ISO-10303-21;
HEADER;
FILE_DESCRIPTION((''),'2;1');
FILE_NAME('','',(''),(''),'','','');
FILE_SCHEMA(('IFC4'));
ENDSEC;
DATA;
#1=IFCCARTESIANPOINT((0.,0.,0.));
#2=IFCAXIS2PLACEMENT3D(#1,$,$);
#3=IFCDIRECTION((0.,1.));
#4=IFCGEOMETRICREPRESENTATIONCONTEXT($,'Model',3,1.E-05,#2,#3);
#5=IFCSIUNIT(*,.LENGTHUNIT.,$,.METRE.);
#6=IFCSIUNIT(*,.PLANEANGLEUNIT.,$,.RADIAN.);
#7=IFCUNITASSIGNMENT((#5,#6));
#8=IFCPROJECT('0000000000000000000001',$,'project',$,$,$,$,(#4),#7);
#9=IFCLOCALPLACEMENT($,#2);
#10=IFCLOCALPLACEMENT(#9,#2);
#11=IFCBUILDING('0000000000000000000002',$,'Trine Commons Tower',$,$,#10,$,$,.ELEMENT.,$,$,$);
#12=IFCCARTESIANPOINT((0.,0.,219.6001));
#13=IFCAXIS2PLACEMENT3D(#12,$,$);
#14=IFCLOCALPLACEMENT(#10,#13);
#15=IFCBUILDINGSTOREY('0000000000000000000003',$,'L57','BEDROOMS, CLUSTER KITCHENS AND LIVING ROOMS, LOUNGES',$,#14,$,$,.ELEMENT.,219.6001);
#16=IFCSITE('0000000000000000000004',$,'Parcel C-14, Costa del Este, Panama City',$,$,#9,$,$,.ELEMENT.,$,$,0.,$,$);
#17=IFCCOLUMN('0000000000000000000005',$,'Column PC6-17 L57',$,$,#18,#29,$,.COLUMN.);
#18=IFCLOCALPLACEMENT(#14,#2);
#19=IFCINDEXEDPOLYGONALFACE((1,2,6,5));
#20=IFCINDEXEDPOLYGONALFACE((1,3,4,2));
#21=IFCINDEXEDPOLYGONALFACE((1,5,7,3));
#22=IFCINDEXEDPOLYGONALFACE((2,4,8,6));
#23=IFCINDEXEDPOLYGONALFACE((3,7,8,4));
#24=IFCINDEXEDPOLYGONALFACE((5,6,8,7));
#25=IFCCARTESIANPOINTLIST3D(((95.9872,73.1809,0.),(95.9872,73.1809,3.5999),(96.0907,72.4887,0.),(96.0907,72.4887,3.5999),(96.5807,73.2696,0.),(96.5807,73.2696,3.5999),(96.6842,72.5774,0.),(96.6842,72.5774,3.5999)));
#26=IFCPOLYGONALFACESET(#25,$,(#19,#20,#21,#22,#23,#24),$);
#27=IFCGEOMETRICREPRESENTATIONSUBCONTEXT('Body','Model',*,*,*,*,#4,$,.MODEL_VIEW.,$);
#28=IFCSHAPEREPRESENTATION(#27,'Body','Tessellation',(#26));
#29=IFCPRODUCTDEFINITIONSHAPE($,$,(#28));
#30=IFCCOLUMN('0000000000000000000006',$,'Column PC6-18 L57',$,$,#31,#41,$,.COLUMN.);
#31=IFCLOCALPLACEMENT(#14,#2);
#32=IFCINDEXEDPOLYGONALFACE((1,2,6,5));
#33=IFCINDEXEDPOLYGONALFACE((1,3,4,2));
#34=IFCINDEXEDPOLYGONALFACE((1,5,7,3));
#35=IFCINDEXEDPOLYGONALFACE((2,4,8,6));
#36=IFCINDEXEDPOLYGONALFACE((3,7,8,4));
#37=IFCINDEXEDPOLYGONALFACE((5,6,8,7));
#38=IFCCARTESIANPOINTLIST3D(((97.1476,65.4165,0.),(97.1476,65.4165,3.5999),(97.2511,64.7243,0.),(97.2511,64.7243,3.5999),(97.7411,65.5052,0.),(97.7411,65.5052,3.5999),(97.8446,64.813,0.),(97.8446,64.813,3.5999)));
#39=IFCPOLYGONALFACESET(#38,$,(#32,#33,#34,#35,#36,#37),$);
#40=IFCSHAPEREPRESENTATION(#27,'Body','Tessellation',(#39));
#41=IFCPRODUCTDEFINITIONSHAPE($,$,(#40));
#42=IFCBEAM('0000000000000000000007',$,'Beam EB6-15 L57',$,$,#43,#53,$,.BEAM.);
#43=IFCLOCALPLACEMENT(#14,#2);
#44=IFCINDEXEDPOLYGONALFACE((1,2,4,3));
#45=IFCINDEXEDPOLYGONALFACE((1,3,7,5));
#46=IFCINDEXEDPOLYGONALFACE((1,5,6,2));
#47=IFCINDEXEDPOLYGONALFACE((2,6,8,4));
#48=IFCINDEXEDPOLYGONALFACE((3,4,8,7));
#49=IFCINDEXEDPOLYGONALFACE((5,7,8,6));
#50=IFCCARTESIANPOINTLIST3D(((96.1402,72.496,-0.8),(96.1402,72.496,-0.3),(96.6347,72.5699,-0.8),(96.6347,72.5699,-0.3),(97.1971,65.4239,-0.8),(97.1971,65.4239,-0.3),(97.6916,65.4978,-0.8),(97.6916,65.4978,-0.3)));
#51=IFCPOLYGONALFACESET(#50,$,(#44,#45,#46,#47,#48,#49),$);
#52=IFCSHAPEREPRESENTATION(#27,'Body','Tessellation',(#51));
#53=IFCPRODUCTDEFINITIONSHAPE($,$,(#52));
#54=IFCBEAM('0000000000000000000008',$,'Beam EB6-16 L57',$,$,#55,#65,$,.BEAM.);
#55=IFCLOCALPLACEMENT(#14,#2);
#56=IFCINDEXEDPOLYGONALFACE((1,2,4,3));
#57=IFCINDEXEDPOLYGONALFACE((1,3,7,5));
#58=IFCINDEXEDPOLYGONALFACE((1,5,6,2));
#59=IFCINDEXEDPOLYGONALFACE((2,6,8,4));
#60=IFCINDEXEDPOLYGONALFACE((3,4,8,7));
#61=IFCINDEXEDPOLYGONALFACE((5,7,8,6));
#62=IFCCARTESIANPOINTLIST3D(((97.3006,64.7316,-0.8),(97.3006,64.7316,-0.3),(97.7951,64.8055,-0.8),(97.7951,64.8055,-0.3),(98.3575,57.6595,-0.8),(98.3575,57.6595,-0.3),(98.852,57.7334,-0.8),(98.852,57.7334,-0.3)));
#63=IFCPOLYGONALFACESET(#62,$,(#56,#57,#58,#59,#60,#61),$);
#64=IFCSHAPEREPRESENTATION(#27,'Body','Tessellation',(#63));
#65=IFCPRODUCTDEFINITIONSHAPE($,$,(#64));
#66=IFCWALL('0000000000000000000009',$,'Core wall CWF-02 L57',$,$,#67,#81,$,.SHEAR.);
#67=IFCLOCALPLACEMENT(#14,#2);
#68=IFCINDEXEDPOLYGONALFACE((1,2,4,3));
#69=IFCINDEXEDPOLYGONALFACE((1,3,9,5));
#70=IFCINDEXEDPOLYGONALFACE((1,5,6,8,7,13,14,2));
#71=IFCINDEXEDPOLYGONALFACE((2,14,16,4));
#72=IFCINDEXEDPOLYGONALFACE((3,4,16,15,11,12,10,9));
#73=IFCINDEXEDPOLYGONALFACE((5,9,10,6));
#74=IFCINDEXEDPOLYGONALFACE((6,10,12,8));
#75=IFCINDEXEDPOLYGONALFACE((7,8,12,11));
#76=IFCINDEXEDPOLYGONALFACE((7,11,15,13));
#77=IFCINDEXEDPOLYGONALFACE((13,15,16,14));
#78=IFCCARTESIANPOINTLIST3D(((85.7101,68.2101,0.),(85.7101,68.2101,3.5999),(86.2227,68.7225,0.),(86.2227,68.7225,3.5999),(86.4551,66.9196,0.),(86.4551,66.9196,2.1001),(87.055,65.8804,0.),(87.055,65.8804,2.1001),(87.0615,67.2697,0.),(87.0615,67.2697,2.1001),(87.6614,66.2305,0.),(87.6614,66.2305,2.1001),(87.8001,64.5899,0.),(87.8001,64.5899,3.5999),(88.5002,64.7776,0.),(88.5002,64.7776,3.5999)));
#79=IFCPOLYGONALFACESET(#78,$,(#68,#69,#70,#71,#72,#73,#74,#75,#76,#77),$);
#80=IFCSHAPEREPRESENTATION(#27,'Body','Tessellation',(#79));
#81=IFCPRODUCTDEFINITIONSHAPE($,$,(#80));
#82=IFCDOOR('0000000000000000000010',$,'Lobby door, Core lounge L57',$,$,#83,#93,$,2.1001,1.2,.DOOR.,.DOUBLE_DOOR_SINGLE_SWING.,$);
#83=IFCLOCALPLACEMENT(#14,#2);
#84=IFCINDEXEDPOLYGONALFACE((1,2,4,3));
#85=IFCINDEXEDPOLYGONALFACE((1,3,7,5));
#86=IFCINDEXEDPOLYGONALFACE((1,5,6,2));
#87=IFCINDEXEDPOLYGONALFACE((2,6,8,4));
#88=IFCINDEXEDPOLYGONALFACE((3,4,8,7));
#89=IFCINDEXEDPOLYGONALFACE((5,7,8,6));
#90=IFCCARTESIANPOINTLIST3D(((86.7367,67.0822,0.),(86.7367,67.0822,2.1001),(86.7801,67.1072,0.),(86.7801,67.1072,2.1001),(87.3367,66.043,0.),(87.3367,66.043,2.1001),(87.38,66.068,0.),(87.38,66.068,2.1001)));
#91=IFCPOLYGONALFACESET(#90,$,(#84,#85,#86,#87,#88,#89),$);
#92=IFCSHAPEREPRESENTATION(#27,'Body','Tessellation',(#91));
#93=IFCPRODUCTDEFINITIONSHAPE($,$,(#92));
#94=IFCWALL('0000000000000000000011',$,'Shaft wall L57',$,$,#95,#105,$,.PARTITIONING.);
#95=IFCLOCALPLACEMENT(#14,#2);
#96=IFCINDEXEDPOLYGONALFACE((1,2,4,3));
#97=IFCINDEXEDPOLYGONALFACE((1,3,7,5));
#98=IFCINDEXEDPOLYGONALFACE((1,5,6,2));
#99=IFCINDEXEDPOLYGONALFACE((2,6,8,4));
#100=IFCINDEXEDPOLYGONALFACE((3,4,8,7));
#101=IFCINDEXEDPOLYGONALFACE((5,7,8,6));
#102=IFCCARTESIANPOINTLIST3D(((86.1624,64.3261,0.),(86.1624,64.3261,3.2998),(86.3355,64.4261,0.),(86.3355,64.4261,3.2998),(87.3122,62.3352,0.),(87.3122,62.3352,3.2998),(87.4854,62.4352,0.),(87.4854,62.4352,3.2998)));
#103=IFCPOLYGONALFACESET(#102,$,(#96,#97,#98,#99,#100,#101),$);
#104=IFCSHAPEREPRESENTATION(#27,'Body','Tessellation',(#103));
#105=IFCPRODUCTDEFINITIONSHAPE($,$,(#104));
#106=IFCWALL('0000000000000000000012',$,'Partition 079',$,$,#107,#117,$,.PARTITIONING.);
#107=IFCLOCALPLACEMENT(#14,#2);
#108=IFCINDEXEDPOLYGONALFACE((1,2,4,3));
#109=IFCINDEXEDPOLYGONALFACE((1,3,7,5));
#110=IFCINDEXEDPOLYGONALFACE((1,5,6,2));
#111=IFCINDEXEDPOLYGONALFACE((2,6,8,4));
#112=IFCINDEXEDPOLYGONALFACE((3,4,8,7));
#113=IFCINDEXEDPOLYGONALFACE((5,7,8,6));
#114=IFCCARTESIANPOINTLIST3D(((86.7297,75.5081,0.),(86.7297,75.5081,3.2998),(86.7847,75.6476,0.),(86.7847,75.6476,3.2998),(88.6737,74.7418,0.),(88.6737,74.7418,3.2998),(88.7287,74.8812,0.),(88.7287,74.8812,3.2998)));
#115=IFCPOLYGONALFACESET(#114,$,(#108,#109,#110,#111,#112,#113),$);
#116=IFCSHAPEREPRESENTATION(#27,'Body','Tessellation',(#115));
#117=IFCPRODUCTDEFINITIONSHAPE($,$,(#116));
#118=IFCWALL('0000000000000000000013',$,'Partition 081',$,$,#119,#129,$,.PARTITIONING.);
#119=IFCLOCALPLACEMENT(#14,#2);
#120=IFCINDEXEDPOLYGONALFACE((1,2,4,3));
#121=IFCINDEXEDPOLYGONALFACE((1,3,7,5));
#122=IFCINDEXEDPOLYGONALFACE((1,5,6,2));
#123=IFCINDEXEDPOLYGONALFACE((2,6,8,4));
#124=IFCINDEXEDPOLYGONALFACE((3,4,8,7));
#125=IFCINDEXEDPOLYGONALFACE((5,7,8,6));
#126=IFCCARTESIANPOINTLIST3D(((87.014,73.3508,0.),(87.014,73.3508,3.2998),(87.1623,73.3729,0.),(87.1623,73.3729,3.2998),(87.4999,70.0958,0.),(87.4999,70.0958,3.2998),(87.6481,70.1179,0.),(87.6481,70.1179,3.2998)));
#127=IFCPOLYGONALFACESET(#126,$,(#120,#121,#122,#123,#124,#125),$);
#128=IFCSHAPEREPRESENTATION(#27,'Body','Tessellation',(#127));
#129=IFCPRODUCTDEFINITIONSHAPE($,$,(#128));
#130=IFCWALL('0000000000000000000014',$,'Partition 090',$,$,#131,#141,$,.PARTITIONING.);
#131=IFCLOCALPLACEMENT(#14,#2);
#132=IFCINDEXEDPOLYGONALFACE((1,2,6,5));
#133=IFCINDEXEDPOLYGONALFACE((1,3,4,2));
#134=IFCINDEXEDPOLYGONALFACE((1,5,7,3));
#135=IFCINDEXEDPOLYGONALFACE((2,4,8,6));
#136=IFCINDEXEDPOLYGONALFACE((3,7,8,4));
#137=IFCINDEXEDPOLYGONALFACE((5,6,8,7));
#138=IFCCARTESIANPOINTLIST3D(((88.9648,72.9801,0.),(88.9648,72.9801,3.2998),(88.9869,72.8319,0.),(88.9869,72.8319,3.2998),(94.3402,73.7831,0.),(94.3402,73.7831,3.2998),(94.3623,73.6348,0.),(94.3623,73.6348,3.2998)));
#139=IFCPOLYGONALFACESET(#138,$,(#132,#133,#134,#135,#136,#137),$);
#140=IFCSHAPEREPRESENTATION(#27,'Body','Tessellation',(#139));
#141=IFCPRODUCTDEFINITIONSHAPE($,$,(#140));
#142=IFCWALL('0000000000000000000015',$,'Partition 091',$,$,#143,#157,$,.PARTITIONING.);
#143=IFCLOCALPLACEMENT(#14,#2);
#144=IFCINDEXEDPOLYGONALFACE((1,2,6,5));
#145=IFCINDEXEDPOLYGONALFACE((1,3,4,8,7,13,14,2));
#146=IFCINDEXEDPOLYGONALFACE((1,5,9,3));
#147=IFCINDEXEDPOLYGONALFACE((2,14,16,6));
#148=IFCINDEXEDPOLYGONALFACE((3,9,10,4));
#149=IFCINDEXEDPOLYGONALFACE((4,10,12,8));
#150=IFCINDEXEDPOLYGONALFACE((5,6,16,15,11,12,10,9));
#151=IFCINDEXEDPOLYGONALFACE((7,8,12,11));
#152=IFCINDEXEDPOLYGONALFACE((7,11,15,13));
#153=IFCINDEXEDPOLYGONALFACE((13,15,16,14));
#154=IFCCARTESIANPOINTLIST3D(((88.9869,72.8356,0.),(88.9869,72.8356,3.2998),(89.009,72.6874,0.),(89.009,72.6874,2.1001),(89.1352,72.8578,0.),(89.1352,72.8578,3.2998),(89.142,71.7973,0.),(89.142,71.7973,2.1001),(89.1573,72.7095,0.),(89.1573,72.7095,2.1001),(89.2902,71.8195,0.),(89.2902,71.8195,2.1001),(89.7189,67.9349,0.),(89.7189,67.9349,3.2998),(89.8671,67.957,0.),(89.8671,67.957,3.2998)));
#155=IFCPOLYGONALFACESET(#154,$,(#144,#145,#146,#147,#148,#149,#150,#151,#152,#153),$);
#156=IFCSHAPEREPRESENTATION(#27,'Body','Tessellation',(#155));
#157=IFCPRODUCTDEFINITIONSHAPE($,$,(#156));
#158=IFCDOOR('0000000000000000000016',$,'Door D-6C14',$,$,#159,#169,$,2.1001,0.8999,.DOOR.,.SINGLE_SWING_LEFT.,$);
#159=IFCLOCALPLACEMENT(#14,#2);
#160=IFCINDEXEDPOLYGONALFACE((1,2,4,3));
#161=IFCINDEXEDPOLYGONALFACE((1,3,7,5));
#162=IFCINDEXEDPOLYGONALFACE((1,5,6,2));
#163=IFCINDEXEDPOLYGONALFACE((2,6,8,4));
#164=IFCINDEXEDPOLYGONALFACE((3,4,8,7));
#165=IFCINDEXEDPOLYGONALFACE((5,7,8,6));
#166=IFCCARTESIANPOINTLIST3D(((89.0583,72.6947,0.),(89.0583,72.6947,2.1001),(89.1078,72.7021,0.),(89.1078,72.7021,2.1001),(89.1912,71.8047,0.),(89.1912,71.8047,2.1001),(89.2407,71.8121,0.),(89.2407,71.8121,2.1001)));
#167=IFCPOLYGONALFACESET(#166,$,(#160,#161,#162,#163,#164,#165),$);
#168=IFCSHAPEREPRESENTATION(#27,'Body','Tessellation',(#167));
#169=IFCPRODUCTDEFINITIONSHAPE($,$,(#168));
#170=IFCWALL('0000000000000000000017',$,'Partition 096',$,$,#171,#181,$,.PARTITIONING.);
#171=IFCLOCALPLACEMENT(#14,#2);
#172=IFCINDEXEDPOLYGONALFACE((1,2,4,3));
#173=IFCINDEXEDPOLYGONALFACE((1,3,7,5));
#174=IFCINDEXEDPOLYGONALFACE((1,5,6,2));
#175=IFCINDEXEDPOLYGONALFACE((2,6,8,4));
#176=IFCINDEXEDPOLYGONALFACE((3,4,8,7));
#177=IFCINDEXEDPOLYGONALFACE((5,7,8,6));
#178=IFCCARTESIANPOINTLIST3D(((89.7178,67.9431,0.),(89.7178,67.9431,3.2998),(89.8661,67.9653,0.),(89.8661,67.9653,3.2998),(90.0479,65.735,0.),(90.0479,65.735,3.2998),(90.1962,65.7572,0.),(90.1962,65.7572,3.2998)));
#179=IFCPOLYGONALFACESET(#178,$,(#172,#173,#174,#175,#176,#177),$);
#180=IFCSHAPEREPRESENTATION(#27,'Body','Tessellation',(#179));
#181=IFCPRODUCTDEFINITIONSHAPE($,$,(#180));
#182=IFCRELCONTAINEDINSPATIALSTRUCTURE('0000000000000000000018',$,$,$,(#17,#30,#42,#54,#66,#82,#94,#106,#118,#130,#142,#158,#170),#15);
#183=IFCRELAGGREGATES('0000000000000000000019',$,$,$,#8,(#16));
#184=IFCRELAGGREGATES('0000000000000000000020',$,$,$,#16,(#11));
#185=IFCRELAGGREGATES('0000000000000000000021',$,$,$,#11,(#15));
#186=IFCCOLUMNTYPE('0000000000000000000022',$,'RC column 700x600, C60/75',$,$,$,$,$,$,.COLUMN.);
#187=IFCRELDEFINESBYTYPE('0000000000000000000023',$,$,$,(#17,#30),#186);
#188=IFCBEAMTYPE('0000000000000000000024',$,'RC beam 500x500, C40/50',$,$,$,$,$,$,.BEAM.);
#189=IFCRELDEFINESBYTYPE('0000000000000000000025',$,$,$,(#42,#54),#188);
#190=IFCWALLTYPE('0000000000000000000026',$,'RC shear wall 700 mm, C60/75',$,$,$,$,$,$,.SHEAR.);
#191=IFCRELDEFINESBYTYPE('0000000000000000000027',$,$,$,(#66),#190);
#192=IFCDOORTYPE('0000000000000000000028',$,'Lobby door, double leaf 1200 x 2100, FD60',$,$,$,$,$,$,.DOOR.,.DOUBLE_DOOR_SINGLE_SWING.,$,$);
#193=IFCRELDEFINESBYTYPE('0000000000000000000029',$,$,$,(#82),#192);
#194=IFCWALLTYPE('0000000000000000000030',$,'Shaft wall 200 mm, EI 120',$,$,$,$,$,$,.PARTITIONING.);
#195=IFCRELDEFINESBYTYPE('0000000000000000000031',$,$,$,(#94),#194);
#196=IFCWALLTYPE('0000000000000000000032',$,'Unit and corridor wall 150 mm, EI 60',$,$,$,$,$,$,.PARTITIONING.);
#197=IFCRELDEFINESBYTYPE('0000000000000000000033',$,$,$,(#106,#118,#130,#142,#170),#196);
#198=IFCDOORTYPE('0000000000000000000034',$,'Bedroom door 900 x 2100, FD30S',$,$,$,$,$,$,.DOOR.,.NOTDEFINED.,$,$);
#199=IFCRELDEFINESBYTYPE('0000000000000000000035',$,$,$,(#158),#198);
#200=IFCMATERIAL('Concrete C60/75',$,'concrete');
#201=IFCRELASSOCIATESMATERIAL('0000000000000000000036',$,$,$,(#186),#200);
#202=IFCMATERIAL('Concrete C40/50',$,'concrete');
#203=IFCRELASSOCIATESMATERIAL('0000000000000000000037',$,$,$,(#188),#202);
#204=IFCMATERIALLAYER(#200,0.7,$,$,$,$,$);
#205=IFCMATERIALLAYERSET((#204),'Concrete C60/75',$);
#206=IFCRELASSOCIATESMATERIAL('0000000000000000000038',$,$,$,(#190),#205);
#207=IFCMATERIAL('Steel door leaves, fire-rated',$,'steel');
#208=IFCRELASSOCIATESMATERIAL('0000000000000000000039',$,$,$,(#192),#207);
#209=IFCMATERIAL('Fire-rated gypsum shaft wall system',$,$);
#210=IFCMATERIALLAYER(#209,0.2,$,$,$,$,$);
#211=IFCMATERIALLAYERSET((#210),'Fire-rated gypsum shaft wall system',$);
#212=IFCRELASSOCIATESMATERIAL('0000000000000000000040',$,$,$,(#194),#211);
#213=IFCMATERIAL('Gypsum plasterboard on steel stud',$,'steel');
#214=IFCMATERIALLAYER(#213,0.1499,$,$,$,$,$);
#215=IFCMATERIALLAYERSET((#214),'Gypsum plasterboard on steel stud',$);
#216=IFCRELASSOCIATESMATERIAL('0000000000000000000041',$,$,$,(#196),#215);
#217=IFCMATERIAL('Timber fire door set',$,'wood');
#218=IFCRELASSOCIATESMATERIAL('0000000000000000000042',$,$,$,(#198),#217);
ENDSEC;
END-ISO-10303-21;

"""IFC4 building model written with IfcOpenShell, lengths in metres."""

from ifc_helpers import new_model, si_unit, direction, frame, frame_2d, origin, origin_2d, place, context, subcontext, project, spatial, polyline, rectangle, outline, extrude, material, layer, layer_set, material_profile, profile_set, type_object, element, fill, save


model = new_model("IFC4")

# Units and contexts
model_context = context("Model", 3, precision=1e-05, world=origin(), true_north=direction((0.0, 1.0)))
body_context = subcontext(model_context, "Body", "Model", "MODEL_VIEW")
ifc_project = project(units=[si_unit("LENGTHUNIT", "METRE"), si_unit("PLANEANGLEUNIT", "RADIAN")], contexts=[model_context])

# Site, building, storey
site_placement = place(None, origin())
site = spatial("IfcSite", under=ifc_project, at=site_placement, Name="Parcel C-14, Costa del Este, Panama City", CompositionType="ELEMENT", RefElevation=0.0)
building_placement = place(site_placement, origin())
building = spatial("IfcBuilding", under=site, at=building_placement, Name="Trine Commons Tower", CompositionType="ELEMENT")
storey_placement = place(building_placement, frame((0.0, 0.0, 219.6001)))
storey = spatial("IfcBuildingStorey", under=building, at=storey_placement, Name="L57", Description="BEDROOMS, CLUSTER KITCHENS AND LIVING ROOMS, LOUNGES", CompositionType="ELEMENT", Elevation=219.6001)

# Columns
ifc_material_1 = material(Name="Concrete C60/75", Category="concrete")
ifc_material_profile_1 = material_profile(ifc_material_1, rectangle(XDim=0.7, YDim=0.6001, at=origin_2d()), Name="RC 700x600")
ifc_profile_set_1 = profile_set([ifc_material_profile_1], Name="Concrete C60/75")
column_type = type_object("IfcColumnType", Name="RC column 700x600, C60/75", PredefinedType="COLUMN", material=ifc_profile_set_1)
for number, where, z_axis, x_axis, name in (
    (1, (96.3357, 72.8792, 0.0), (0.0, 0.0, 1.0), (-0.147809, 0.989016, 0.0), "Column PC6-17 L57"),
    (2, (97.4961, 65.1147, 0.0), (0.0, 0.0, 1.0), (-0.147809, 0.989016, 0.0), "Column PC6-18 L57"),
):
    element("IfcColumn", number, at=place(storey_placement, frame(where, z_axis=z_axis, x_axis=x_axis)), inside=storey, type_object=column_type, Name=name, PredefinedType="COLUMN", context=body_context, shape_type="SweptSolid", body=[
        extrude(rectangle(XDim=0.7, YDim=0.6001, at=origin_2d()), origin(), (0.0, 0.0, 1.0), 3.5999),
    ])

# Beams
ifc_material_2 = material(Name="Concrete C40/50", Category="concrete")
ifc_material_profile_2 = material_profile(ifc_material_2, rectangle(XDim=0.5, YDim=0.5, at=origin_2d()), Name="RC 500x500")
ifc_profile_set_2 = profile_set([ifc_material_profile_2], Name="Concrete C40/50")
beam_type = type_object("IfcBeamType", Name="RC beam 500x500, C40/50", PredefinedType="BEAM", material=ifc_profile_set_2)
for number, where, z_axis, x_axis, name in (
    (3, (96.3875, 72.533, -0.55), (0.147804, -0.989017, 0.0), (0.989017, 0.147804, 0.0), "Beam EB6-15 L57"),
    (4, (97.5479, 64.7686, -0.55), (0.147804, -0.989017, 0.0), (0.989017, 0.147804, 0.0), "Beam EB6-16 L57"),
):
    element("IfcBeam", number, at=place(storey_placement, frame(where, z_axis=z_axis, x_axis=x_axis)), inside=storey, type_object=beam_type, Name=name, PredefinedType="BEAM", context=body_context, shape_type="SweptSolid", body=[
        extrude(rectangle(XDim=0.5, YDim=0.5, at=origin_2d()), origin(), (0.0, 0.0, 1.0), 7.1506),
    ])

# Wall, opening, door
ifc_layer_1 = layer(ifc_material_1, 0.7)
ifc_layer_set_1 = layer_set([ifc_layer_1], Name="Concrete C60/75")
wall_type_1 = type_object("IfcWallType", Name="RC shear wall 700 mm, C60/75", PredefinedType="SHEAR", material=ifc_layer_set_1)
wall_1_placement = place(storey_placement, frame((88.197, 64.6025, 0.0), z_axis=(0.0, 0.0, 1.0), x_axis=(-0.499984, 0.866035, 0.0)))
wall_1 = element("IfcWall", 5, at=wall_1_placement, inside=storey, type_object=wall_type_1, Name="Core wall CWF-02 L57", PredefinedType="SHEAR", context=body_context, shape_type="SweptSolid", body=[
    extrude(outline(polyline([(0.0, -0.3501), (4.5552, -0.3501), (4.3677, 0.3501), (0.1875, 0.3501), (0.0, -0.3501)])), origin(), (0.0, 0.0, 1.0), 3.5999),
])
opening_1_placement = place(wall_1_placement, frame((1.6775, 0.0, 0.0)))
opening_1 = element("IfcOpeningElement", 6, at=opening_1_placement, cuts=wall_1, PredefinedType="OPENING", context=body_context, shape_type="SweptSolid", body=[
    extrude(rectangle(XDim=1.2, YDim=2.1001, at=frame_2d((0.6001, 1.05))), frame((0.0, 0.3599, 0.0), z_axis=(0.0, -1.0, 0.0), x_axis=(1.0, 0.0, 0.0)), (0.0, 0.0, 1.0), 0.72),
])
ifc_material_3 = material(Name="Steel door leaves, fire-rated", Category="steel")
door_type_1 = type_object("IfcDoorType", Name="Lobby door, double leaf 1200 x 2100, FD60", OperationType="DOUBLE_DOOR_SINGLE_SWING", PredefinedType="DOOR", material=ifc_material_3)
door_1_placement = place(opening_1_placement, origin())
door_1 = element("IfcDoor", 7, at=door_1_placement, inside=storey, type_object=door_type_1, Name="Lobby door, Core lounge L57", OperationType="DOUBLE_DOOR_SINGLE_SWING", OverallHeight=2.1001, OverallWidth=1.2, PredefinedType="DOOR", context=body_context, shape_type="SweptSolid", body=[
    extrude(rectangle(XDim=1.2, YDim=2.1001, at=frame_2d((0.6001, 1.05))), frame((0.0, 0.0249, 0.0), z_axis=(0.0, -1.0, 0.0), x_axis=(1.0, 0.0, 0.0)), (0.0, 0.0, 1.0), 0.05),
])
fill(opening_1, door_1)

# Walls
ifc_material_4 = material(Name="Fire-rated gypsum shaft wall system")
ifc_layer_2 = layer(ifc_material_4, 0.2)
ifc_layer_set_2 = layer_set([ifc_layer_2], Name="Fire-rated gypsum shaft wall system")
wall_type_2 = type_object("IfcWallType", Name="Shaft wall 200 mm, EI 120", PredefinedType="PARTITIONING", material=ifc_layer_set_2)
wall_2_placement = place(storey_placement, frame((86.249, 64.376, 0.0), z_axis=(0.0, 0.0, 1.0), x_axis=(0.500136, -0.865947, 0.0)))
element("IfcWall", 8, at=wall_2_placement, inside=storey, type_object=wall_type_2, Name="Shaft wall L57", PredefinedType="PARTITIONING", context=body_context, shape_type="SweptSolid", body=[
    extrude(rectangle(XDim=2.2991, YDim=0.2, at=frame_2d((1.1494, 0.0))), origin(), (0.0, 0.0, 1.0), 3.2998),
])
ifc_material_5 = material(Name="Gypsum plasterboard on steel stud", Category="steel")
ifc_layer_3 = layer(ifc_material_5, 0.1499)
ifc_layer_set_3 = layer_set([ifc_layer_3], Name="Gypsum plasterboard on steel stud")
wall_type_3 = type_object("IfcWallType", Name="Unit and corridor wall 150 mm, EI 60", PredefinedType="PARTITIONING", material=ifc_layer_set_3)
wall_3_placement = place(storey_placement, frame((86.7571, 75.5779, 0.0), z_axis=(0.0, 0.0, 1.0), x_axis=(0.930326, -0.366733, 0.0)))
element("IfcWall", 9, at=wall_3_placement, inside=storey, type_object=wall_type_3, Name="Partition 079", PredefinedType="PARTITIONING", context=body_context, shape_type="SweptSolid", body=[
    extrude(rectangle(XDim=2.0896, YDim=0.1499, at=frame_2d((1.0449, 0.0))), origin(), (0.0, 0.0, 1.0), 3.2998),
])
wall_4_placement = place(storey_placement, frame((87.0881, 73.3618, 0.0), z_axis=(0.0, 0.0, 1.0), x_axis=(0.147629, -0.989043, 0.0)))
element("IfcWall", 10, at=wall_4_placement, inside=storey, type_object=wall_type_3, Name="Partition 081", PredefinedType="PARTITIONING", context=body_context, shape_type="SweptSolid", body=[
    extrude(rectangle(XDim=3.291, YDim=0.1499, at=frame_2d((1.6455, 0.0))), origin(), (0.0, 0.0, 1.0), 3.2998),
])
wall_5_placement = place(storey_placement, frame((88.9758, 72.906, 0.0), z_axis=(0.0, 0.0, 1.0), x_axis=(0.989026, 0.147739, 0.0)))
element("IfcWall", 11, at=wall_5_placement, inside=storey, type_object=wall_type_3, Name="Partition 090", PredefinedType="PARTITIONING", context=body_context, shape_type="SweptSolid", body=[
    extrude(rectangle(XDim=5.4351, YDim=0.1499, at=frame_2d((2.7175, 0.0))), origin(), (0.0, 0.0, 1.0), 3.2998),
])

# Wall, opening, door
wall_6_placement = place(storey_placement, frame((89.061, 72.8467, 0.0), z_axis=(0.0, 0.0, 1.0), x_axis=(0.147716, -0.98903, 0.0)))
wall_6 = element("IfcWall", 12, at=wall_6_placement, inside=storey, type_object=wall_type_3, Name="Partition 091", PredefinedType="PARTITIONING", context=body_context, shape_type="SweptSolid", body=[
    extrude(rectangle(XDim=4.9551, YDim=0.1499, at=frame_2d((2.4775, 0.0))), origin(), (0.0, 0.0, 1.0), 3.2998),
])
opening_2_placement = place(wall_6_placement, frame((0.1499, 0.0, 0.0)))
opening_2 = element("IfcOpeningElement", 13, at=opening_2_placement, cuts=wall_6, PredefinedType="OPENING", context=body_context, shape_type="SweptSolid", body=[
    extrude(rectangle(XDim=0.8999, YDim=2.1001, at=frame_2d((0.45, 1.05))), frame((0.0, 0.085, 0.0), z_axis=(0.0, -1.0, 0.0), x_axis=(1.0, 0.0, 0.0)), (0.0, 0.0, 1.0), 0.1699),
])
ifc_material_6 = material(Name="Timber fire door set", Category="wood")
door_type_2 = type_object("IfcDoorType", Name="Bedroom door 900 x 2100, FD30S", OperationType="NOTDEFINED", PredefinedType="DOOR", material=ifc_material_6)
door_2_placement = place(opening_2_placement, origin())
door_2 = element("IfcDoor", 14, at=door_2_placement, inside=storey, type_object=door_type_2, Name="Door D-6C14", OperationType="SINGLE_SWING_LEFT", OverallHeight=2.1001, OverallWidth=0.8999, PredefinedType="DOOR", context=body_context, shape_type="SweptSolid", body=[
    extrude(rectangle(XDim=0.8999, YDim=2.1001, at=frame_2d((0.45, 1.05))), frame((0.0, 0.0249, 0.0), z_axis=(0.0, -1.0, 0.0), x_axis=(1.0, 0.0, 0.0)), (0.0, 0.0, 1.0), 0.05),
])
fill(opening_2, door_2)

# Wall
wall_7_placement = place(storey_placement, frame((89.792, 67.9541, 0.0), z_axis=(0.0, 0.0, 1.0), x_axis=(0.147832, -0.989012, 0.0)))
element("IfcWall", 15, at=wall_7_placement, inside=storey, type_object=wall_type_3, Name="Partition 096", PredefinedType="PARTITIONING", context=body_context, shape_type="SweptSolid", body=[
    extrude(rectangle(XDim=2.2327, YDim=0.1499, at=frame_2d((1.1162, 0.0))), origin(), (0.0, 0.0, 1.0), 3.2998),
])

save(model, "model.ifc")
